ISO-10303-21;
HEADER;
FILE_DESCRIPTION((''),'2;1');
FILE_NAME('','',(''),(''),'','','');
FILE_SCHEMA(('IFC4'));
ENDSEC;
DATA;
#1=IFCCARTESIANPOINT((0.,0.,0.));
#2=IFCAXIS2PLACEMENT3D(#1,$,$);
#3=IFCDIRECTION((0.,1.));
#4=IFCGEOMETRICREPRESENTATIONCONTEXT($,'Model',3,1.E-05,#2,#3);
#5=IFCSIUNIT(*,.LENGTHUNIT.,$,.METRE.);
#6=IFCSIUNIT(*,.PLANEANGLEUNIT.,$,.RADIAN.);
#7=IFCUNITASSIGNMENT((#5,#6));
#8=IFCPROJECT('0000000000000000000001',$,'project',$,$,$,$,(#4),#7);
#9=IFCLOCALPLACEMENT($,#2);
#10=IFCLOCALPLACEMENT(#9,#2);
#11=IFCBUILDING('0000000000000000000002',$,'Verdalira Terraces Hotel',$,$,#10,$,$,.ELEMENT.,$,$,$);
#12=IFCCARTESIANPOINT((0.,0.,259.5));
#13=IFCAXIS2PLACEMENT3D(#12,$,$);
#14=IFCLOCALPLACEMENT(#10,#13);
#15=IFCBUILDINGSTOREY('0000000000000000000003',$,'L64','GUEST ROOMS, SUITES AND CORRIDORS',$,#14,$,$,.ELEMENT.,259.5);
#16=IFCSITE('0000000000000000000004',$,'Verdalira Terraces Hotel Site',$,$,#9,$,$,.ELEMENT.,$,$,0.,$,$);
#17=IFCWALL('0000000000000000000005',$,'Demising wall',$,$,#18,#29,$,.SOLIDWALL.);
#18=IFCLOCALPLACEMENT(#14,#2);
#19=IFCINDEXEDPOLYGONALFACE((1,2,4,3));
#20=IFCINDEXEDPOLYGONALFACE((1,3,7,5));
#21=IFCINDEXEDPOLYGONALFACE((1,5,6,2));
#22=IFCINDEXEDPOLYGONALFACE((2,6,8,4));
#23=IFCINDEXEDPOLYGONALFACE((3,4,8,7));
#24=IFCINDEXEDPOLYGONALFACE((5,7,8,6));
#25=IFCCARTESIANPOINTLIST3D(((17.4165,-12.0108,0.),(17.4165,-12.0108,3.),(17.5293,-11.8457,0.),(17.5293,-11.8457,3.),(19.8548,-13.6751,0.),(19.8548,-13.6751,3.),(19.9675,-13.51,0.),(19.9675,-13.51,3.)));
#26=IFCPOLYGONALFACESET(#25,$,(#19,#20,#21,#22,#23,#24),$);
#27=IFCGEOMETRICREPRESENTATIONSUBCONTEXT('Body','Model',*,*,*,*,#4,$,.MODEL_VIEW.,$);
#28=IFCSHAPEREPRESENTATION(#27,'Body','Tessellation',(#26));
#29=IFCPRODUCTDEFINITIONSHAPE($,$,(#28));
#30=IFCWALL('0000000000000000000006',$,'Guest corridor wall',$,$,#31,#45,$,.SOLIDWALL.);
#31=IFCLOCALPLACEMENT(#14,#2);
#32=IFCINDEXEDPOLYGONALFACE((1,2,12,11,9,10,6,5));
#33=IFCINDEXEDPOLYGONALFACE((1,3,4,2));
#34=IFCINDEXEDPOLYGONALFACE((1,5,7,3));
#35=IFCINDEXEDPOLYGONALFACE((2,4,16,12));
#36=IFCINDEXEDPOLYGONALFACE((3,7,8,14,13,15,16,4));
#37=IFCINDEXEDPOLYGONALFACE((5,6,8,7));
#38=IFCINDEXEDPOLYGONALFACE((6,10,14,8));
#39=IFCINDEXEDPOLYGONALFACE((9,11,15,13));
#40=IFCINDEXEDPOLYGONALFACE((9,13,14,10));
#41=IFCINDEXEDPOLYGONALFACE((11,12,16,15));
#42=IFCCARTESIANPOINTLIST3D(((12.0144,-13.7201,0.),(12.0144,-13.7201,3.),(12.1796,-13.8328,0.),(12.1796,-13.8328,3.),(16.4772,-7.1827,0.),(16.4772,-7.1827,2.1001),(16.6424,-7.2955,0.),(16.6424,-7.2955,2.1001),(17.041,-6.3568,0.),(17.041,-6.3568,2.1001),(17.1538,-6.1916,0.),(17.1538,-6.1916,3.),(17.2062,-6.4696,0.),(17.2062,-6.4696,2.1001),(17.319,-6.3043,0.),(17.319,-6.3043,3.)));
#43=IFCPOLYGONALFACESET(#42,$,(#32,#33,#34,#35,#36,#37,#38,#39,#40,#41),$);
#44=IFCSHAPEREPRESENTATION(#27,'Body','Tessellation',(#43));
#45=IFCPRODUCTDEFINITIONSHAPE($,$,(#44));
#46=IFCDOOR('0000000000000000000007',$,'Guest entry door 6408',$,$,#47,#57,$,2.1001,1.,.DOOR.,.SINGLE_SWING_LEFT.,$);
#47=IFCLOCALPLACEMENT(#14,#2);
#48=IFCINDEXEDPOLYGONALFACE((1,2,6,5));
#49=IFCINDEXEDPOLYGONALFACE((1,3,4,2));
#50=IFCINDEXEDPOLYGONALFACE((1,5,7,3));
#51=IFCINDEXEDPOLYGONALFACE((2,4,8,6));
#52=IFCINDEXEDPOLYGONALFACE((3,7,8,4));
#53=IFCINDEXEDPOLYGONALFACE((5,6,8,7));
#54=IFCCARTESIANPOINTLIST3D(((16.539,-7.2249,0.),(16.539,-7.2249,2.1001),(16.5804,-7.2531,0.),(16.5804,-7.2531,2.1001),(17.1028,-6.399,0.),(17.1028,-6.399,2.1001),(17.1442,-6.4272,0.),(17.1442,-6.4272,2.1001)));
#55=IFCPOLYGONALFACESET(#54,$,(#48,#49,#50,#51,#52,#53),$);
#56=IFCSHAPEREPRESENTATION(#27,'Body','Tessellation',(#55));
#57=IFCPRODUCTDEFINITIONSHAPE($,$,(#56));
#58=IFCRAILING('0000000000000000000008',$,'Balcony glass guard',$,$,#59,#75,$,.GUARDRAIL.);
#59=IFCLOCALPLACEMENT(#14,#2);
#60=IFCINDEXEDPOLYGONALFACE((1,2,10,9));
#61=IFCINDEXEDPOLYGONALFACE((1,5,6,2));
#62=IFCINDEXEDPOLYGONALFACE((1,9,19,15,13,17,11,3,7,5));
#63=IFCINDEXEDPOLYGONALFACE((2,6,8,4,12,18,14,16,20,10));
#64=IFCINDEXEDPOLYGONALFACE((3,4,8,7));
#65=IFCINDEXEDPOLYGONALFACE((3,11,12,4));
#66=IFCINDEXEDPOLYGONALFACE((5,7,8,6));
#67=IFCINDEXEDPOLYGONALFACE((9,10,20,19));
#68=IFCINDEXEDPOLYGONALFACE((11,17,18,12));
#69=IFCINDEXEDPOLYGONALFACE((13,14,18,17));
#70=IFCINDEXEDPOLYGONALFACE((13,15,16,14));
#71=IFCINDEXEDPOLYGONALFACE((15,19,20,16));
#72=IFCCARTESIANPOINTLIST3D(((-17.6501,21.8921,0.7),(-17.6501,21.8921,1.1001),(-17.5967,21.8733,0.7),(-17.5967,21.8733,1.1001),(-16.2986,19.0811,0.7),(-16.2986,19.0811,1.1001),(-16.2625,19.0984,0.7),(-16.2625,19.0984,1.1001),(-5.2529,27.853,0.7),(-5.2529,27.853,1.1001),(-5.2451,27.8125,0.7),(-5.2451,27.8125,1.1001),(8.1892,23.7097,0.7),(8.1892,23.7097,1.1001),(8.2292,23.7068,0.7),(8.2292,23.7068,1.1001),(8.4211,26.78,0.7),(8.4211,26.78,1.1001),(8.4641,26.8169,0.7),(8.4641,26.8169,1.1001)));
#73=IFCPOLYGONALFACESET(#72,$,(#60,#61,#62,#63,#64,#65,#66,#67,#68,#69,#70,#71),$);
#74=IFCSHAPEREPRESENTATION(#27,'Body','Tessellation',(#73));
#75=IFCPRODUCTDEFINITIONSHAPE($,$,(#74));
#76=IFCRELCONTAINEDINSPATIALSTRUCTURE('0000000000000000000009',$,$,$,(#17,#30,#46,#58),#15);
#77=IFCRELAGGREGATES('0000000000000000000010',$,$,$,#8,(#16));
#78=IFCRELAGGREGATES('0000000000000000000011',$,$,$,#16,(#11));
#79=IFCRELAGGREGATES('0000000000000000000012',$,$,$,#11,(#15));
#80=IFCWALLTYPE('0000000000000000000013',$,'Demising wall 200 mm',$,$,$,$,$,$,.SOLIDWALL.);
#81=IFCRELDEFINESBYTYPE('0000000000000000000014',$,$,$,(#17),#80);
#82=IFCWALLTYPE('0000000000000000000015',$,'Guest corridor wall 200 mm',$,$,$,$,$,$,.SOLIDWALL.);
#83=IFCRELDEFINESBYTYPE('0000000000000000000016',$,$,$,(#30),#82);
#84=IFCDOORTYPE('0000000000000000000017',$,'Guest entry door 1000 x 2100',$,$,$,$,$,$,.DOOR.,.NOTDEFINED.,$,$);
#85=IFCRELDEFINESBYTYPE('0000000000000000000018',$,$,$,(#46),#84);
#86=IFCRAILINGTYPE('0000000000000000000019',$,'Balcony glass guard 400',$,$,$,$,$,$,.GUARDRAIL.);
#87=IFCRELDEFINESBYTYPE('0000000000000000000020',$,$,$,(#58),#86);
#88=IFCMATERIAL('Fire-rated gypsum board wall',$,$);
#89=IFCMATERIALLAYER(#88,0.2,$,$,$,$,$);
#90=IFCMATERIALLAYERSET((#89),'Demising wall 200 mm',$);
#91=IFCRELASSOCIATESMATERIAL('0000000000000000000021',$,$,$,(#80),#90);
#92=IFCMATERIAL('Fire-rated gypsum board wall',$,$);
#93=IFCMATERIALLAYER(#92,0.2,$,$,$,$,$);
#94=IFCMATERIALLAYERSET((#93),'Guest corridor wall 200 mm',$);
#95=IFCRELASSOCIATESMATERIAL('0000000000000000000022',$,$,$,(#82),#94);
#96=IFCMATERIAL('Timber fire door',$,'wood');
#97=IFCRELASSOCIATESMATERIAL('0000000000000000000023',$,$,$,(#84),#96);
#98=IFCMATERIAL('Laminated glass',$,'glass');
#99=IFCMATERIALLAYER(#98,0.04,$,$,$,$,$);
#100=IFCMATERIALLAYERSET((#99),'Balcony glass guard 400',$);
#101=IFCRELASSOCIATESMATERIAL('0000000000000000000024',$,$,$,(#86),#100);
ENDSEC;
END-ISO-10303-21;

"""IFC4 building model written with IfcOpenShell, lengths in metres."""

from ifc_helpers import new_model, si_unit, direction, frame, frame_2d, origin, place, context, subcontext, project, spatial, polyline, rectangle, outline, extrude, material, layer, layer_set, type_object, element, fill, save


model = new_model("IFC4")

# Units and contexts
model_context = context("Model", 3, precision=1e-05, world=origin(), true_north=direction((0.0, 1.0)))
body_context = subcontext(model_context, "Body", "Model", "MODEL_VIEW")
ifc_project = project(units=[si_unit("LENGTHUNIT", "METRE"), si_unit("PLANEANGLEUNIT", "RADIAN")], contexts=[model_context])

# Site, building, storey
site_placement = place(None, origin())
site = spatial("IfcSite", under=ifc_project, at=site_placement, Name="Verdalira Terraces Hotel Site", CompositionType="ELEMENT", RefElevation=0.0)
building_placement = place(site_placement, origin())
building = spatial("IfcBuilding", under=site, at=building_placement, Name="Verdalira Terraces Hotel", CompositionType="ELEMENT")
storey_placement = place(building_placement, frame((0.0, 0.0, 259.5)))
storey = spatial("IfcBuildingStorey", under=building, at=storey_placement, Name="L64", Description="GUEST ROOMS, SUITES AND CORRIDORS", CompositionType="ELEMENT", Elevation=259.5)

# Wall
ifc_material_1 = material(Name="Fire-rated gypsum board wall")
ifc_layer_1 = layer(ifc_material_1, 0.2)
ifc_layer_set_1 = layer_set([ifc_layer_1], Name="Demising wall 200 mm")
wall_type_1 = type_object("IfcWallType", Name="Demising wall 200 mm", PredefinedType="SOLIDWALL", material=ifc_layer_set_1)
wall_1_placement = place(storey_placement, frame((17.4729, -11.9282, 0.0), z_axis=(0.0, 0.0, 1.0), x_axis=(0.825932, -0.56377, 0.0)))
element("IfcWall", 1, at=wall_1_placement, inside=storey, type_object=wall_type_1, Name="Demising wall", PredefinedType="SOLIDWALL", context=body_context, shape_type="SweptSolid", body=[
    extrude(rectangle(XDim=2.9521, YDim=0.2, at=frame_2d((1.4761, 0.0))), origin(), (0.0, 0.0, 1.0), 3.0),
])

# Wall, opening, door
ifc_material_2 = material(Name="Fire-rated gypsum board wall")
ifc_layer_2 = layer(ifc_material_2, 0.2)
ifc_layer_set_2 = layer_set([ifc_layer_2], Name="Guest corridor wall 200 mm")
wall_type_2 = type_object("IfcWallType", Name="Guest corridor wall 200 mm", PredefinedType="SOLIDWALL", material=ifc_layer_set_2)
wall_2_placement = place(storey_placement, frame((17.2363, -6.248, 0.0), z_axis=(0.0, 0.0, 1.0), x_axis=(-0.563808, -0.825906, 0.0)))
wall_2 = element("IfcWall", 2, at=wall_2_placement, inside=storey, type_object=wall_type_2, Name="Guest corridor wall", PredefinedType="SOLIDWALL", context=body_context, shape_type="SweptSolid", body=[
    extrude(rectangle(XDim=9.1155, YDim=0.2, at=frame_2d((4.5576, 0.0))), origin(), (0.0, 0.0, 1.0), 3.0),
])
opening_1_placement = place(wall_2_placement, frame((0.2, 0.0, 0.0)))
opening_1 = element("IfcOpeningElement", 3, at=opening_1_placement, cuts=wall_2, PredefinedType="OPENING", context=body_context, shape_type="SweptSolid", body=[
    extrude(rectangle(XDim=1.0, YDim=2.1001, at=frame_2d((0.5, 1.05))), frame((0.0, 0.1099, 0.0), z_axis=(0.0, -1.0, 0.0), x_axis=(1.0, 0.0, 0.0)), (0.0, 0.0, 1.0), 0.22),
])
ifc_material_3 = material(Name="Timber fire door", Category="wood")
door_type_1 = type_object("IfcDoorType", Name="Guest entry door 1000 x 2100", OperationType="NOTDEFINED", PredefinedType="DOOR", material=ifc_material_3)
door_1_placement = place(opening_1_placement, origin())
door_1 = element("IfcDoor", 4, at=door_1_placement, inside=storey, type_object=door_type_1, Name="Guest entry door 6408", OperationType="SINGLE_SWING_LEFT", OverallHeight=2.1001, OverallWidth=1.0, PredefinedType="DOOR", context=body_context, shape_type="SweptSolid", body=[
    extrude(rectangle(XDim=1.0, YDim=2.1001, at=frame_2d((0.5, 1.05))), frame((0.0, 0.0249, 0.0), z_axis=(0.0, -1.0, 0.0), x_axis=(1.0, 0.0, 0.0)), (0.0, 0.0, 1.0), 0.05),
])
fill(opening_1, door_1)

# Railing
ifc_material_4 = material(Name="Laminated glass", Category="glass")
ifc_layer_3 = layer(ifc_material_4, 0.04)
ifc_layer_set_3 = layer_set([ifc_layer_3], Name="Balcony glass guard 400")
railing_type_1 = type_object("IfcRailingType", Name="Balcony glass guard 400", PredefinedType="GUARDRAIL", material=ifc_layer_set_3)
railing_1_placement = place(storey_placement, frame((0.0, 0.0, 0.7)))
element("IfcRailing", 5, at=railing_1_placement, inside=storey, type_object=railing_type_1, Name="Balcony glass guard", PredefinedType="GUARDRAIL", context=body_context, shape_type="SweptSolid", body=[
    extrude(outline(polyline([(8.4211, 26.78), (-5.2451, 27.8125), (-17.5967, 21.8733), (-16.2625, 19.0984), (-16.2986, 19.0811), (-17.6501, 21.8921), (-5.2529, 27.853), (8.4641, 26.8169), (8.2292, 23.7068), (8.1892, 23.7097), (8.4211, 26.78)])), origin(), (0.0, 0.0, 1.0), 0.4001),
])

save(model, "model.ifc")
